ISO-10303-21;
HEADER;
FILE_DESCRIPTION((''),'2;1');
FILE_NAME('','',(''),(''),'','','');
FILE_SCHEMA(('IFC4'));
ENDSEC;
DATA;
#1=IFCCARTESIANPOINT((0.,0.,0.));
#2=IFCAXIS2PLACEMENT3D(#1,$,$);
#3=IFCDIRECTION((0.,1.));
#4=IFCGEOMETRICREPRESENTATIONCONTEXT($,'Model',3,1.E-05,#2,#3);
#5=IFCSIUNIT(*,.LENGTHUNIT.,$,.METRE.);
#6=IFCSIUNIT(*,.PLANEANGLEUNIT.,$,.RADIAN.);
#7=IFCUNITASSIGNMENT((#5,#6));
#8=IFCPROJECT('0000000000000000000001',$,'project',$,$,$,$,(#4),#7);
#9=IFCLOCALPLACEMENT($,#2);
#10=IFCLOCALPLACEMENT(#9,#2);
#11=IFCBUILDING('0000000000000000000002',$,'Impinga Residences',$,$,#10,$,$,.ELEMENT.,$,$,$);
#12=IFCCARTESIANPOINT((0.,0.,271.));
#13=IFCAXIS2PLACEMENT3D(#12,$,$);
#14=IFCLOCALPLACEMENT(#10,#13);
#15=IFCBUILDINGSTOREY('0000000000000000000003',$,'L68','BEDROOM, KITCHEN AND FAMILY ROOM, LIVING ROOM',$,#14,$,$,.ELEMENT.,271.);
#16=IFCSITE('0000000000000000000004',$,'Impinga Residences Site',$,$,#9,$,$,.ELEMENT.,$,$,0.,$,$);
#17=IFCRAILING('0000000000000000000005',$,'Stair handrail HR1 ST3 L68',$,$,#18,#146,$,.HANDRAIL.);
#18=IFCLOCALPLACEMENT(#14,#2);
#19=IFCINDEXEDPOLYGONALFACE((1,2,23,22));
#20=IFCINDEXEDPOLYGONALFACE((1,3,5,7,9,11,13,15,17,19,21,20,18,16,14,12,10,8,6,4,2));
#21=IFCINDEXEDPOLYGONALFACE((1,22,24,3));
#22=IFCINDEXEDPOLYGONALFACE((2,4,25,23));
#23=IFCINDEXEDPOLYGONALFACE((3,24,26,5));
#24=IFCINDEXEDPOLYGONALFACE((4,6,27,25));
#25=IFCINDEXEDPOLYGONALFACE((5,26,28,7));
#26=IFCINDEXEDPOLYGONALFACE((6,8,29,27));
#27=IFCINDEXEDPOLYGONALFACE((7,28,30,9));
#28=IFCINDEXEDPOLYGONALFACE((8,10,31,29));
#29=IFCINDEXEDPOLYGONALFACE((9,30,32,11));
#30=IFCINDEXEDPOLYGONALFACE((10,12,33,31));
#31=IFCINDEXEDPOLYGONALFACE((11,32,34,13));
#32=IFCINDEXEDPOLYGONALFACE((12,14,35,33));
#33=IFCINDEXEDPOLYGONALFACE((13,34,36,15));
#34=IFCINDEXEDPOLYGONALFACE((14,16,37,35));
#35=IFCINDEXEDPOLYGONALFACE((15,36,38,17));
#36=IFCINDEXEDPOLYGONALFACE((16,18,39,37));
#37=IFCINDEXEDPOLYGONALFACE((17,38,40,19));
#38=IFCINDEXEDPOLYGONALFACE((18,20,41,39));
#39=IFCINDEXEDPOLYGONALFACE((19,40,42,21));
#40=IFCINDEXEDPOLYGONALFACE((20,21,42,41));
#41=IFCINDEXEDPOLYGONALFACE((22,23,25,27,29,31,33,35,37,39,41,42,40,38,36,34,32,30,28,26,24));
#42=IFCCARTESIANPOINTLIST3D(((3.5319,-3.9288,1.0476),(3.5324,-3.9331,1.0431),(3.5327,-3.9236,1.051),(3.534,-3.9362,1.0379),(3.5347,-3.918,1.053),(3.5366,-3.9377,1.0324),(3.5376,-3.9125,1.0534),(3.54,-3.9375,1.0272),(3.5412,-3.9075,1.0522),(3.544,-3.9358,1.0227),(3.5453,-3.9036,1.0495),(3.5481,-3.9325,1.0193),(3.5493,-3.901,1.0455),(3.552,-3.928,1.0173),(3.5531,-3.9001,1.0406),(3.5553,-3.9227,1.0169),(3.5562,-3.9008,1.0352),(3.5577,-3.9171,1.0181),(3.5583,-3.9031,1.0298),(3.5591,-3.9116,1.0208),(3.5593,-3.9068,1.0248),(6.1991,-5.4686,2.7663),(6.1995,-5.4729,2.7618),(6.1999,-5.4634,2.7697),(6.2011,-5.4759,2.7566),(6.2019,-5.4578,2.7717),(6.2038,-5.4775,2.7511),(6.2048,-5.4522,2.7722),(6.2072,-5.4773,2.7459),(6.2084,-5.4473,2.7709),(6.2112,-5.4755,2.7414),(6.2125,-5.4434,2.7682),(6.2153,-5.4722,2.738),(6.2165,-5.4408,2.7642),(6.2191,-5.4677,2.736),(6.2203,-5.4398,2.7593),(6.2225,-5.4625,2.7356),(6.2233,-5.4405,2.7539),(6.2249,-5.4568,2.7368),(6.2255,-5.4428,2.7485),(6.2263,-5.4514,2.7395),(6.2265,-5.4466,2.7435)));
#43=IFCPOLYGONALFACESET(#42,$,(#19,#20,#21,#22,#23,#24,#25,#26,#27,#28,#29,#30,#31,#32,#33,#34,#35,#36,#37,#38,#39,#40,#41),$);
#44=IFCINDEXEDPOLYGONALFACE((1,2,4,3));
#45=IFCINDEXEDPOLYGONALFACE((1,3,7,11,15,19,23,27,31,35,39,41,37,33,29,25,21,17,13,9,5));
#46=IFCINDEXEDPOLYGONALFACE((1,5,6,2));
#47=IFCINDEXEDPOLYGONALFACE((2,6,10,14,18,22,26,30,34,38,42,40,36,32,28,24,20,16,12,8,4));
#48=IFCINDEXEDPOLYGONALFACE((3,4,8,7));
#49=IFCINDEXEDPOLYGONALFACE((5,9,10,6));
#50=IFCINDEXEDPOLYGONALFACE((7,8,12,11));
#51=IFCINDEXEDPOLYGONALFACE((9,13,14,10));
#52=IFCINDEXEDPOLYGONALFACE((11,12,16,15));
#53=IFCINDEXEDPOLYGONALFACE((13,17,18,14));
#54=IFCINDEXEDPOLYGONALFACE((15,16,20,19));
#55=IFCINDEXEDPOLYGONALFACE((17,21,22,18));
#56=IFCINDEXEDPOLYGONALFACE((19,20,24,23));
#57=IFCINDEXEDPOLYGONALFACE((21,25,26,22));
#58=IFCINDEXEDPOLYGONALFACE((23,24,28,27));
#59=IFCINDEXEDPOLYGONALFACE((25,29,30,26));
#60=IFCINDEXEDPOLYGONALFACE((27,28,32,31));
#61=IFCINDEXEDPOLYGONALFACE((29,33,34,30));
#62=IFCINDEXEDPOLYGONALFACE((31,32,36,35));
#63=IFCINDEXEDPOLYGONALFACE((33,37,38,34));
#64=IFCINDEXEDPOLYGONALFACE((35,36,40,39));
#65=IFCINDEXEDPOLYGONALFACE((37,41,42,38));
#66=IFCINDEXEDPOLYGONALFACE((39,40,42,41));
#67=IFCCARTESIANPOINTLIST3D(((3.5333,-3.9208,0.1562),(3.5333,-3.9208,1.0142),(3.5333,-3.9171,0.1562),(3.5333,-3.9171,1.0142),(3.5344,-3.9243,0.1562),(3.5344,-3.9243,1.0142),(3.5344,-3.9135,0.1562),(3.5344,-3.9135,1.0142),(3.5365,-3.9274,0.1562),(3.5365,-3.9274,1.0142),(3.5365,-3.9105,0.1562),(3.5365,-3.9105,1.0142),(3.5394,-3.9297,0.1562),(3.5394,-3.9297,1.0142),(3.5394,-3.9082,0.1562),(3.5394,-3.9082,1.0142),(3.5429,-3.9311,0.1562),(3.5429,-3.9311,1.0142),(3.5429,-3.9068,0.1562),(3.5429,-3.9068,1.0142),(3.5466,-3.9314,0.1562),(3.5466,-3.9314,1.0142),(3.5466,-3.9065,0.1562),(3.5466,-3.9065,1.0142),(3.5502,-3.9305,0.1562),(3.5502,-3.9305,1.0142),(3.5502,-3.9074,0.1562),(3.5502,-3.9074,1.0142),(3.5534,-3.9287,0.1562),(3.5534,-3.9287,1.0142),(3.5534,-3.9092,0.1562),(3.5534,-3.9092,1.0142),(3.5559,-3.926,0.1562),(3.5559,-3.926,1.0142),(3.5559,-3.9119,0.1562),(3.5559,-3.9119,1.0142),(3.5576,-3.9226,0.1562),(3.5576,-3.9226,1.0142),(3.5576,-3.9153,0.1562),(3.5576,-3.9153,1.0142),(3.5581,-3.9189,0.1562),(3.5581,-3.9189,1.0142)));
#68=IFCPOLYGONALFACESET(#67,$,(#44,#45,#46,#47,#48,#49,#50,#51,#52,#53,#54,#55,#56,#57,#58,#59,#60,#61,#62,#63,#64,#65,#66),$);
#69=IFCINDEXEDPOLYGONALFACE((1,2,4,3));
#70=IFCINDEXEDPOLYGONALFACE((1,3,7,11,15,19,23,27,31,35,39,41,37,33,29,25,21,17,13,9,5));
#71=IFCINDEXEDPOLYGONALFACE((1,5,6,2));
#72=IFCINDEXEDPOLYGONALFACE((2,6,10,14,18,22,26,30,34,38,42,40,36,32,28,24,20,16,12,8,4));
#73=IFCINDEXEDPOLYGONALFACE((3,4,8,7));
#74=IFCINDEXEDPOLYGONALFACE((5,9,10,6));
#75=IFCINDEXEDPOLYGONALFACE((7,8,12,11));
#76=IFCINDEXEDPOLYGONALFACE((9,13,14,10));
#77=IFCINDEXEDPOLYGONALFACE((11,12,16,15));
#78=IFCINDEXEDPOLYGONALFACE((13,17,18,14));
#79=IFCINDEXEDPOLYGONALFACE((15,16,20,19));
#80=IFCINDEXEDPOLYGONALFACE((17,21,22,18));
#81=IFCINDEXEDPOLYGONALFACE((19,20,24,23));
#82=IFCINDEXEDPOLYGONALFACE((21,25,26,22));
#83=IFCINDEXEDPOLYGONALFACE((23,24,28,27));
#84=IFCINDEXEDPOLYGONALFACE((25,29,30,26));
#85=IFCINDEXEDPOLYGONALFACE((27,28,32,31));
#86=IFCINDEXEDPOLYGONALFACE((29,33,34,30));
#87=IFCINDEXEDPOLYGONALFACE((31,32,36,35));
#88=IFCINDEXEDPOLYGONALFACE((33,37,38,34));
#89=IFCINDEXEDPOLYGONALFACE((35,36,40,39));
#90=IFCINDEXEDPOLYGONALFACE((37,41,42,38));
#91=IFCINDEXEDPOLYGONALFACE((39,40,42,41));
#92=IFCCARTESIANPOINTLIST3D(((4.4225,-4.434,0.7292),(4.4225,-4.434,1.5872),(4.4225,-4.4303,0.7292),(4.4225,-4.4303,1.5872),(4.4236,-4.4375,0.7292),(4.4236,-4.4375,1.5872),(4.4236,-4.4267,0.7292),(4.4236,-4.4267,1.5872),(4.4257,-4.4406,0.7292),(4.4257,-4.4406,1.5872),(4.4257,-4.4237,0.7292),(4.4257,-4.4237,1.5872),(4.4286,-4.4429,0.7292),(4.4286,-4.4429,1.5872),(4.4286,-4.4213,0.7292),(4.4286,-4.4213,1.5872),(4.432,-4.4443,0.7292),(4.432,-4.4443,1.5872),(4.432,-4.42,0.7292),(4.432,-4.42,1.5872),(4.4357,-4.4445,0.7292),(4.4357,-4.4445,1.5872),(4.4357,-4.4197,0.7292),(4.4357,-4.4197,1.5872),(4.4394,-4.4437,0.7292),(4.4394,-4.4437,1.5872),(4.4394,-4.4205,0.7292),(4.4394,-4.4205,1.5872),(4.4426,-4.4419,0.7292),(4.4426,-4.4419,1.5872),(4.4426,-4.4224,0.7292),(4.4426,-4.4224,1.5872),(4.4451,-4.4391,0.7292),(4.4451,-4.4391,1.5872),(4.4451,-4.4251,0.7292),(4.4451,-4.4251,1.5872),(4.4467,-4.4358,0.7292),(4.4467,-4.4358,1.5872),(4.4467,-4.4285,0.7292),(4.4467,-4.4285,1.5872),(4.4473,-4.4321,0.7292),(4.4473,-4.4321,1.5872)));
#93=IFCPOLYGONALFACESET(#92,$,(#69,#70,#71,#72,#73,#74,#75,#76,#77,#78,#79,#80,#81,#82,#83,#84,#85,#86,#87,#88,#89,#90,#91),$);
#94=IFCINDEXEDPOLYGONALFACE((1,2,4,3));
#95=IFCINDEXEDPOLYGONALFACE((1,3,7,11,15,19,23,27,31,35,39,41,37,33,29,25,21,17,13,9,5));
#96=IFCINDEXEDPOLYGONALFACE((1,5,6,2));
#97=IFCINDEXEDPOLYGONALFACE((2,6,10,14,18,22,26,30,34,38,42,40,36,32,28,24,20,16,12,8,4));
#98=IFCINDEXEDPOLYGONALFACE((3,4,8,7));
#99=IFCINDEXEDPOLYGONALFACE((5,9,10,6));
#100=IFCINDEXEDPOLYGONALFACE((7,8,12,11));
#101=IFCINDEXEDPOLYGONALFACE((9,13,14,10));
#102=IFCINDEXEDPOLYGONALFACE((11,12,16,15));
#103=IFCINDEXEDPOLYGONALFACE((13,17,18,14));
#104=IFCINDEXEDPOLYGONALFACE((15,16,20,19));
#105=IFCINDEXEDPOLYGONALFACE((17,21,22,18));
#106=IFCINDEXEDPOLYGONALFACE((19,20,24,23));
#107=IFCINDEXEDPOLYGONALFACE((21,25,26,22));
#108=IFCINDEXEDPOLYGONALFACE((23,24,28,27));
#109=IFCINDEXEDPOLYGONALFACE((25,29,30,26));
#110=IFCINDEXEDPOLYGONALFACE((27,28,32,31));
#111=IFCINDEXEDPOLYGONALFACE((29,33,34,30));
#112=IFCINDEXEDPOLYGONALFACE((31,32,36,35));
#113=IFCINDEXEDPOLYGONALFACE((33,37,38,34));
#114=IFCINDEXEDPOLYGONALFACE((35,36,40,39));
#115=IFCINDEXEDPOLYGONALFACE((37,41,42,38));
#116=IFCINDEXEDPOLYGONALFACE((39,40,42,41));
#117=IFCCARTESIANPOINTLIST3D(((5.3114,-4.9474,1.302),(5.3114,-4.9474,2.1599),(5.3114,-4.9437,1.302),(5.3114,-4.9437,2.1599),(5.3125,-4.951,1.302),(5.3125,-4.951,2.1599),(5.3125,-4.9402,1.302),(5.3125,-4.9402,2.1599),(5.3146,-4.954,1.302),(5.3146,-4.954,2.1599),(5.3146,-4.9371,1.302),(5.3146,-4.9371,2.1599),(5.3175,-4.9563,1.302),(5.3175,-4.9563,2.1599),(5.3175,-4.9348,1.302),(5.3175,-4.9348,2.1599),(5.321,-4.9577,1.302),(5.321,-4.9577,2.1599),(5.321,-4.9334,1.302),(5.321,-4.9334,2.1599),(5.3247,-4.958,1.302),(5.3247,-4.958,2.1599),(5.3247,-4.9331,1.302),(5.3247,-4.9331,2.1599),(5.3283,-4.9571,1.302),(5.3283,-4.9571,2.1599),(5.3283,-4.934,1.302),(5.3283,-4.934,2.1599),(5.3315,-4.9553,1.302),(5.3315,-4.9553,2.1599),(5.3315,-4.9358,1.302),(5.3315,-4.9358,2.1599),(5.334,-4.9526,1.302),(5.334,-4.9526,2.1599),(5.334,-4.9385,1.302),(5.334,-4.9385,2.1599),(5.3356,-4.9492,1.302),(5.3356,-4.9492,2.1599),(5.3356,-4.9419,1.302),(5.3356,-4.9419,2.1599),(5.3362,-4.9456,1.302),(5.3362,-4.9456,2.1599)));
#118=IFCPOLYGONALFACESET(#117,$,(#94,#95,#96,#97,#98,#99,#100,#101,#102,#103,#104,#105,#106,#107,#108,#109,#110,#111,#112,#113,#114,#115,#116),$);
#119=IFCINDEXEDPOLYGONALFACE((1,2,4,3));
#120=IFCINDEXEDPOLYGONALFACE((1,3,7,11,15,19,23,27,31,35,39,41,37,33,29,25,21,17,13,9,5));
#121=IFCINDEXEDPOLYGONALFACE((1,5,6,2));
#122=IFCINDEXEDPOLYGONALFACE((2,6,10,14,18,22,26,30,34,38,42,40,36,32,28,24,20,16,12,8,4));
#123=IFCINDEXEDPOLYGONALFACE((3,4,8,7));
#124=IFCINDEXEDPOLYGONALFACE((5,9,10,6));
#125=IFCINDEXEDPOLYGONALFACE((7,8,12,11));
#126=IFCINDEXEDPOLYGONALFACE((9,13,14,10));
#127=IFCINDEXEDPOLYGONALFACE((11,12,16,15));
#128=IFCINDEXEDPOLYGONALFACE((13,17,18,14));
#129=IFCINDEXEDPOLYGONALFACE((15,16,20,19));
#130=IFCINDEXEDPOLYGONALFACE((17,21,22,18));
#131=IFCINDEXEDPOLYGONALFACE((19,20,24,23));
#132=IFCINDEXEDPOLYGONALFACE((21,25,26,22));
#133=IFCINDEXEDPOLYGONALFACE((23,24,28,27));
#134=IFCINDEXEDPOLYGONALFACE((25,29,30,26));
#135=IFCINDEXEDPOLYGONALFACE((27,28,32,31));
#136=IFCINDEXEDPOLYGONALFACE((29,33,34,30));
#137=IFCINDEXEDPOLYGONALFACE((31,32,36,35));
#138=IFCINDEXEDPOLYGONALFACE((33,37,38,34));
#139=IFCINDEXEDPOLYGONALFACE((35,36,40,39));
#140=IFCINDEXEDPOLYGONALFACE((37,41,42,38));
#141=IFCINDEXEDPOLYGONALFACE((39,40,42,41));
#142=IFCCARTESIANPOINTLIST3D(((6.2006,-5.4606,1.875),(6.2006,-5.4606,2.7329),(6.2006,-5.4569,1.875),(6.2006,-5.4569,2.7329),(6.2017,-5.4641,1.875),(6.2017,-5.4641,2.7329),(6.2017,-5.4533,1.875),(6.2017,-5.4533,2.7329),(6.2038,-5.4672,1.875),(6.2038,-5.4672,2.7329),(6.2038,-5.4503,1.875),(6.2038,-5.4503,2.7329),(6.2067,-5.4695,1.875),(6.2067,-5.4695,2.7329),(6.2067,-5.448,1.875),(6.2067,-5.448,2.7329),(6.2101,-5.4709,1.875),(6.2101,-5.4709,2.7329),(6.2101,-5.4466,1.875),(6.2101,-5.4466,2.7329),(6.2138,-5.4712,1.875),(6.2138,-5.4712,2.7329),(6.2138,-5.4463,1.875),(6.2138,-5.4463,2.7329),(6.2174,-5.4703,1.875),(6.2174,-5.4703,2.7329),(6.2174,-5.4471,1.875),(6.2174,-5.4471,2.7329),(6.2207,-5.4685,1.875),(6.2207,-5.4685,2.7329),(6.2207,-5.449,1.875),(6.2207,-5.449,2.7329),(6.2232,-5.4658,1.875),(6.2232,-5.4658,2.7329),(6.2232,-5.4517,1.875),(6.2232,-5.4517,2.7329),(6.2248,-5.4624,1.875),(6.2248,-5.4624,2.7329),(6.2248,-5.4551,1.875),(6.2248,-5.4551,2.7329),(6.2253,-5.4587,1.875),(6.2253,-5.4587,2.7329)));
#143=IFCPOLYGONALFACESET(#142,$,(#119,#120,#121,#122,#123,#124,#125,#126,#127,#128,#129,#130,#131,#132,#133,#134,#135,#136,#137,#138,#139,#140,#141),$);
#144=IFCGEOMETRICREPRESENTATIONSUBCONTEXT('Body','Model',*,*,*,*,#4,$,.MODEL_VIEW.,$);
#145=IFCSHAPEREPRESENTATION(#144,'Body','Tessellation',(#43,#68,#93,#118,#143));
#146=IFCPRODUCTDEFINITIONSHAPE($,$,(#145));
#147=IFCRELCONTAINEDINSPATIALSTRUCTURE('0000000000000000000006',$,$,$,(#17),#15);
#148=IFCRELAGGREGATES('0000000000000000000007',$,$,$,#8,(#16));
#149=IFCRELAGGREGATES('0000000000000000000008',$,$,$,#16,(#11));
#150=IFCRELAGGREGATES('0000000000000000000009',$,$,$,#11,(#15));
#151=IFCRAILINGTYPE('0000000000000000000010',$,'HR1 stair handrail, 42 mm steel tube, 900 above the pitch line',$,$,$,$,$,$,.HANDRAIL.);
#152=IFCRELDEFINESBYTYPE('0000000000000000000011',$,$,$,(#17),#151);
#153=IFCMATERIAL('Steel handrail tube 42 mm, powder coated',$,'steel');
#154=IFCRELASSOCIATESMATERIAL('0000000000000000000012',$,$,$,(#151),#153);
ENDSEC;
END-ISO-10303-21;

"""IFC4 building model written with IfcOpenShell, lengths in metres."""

from ifc_helpers import new_model, si_unit, direction, frame, origin, origin_2d, place, context, subcontext, project, spatial, circle, extrude, material, type_object, element, save


model = new_model("IFC4")

# Units and contexts
model_context = context("Model", 3, precision=1e-05, world=origin(), true_north=direction((0.0, 1.0)))
body_context = subcontext(model_context, "Body", "Model", "MODEL_VIEW")
ifc_project = project(units=[si_unit("LENGTHUNIT", "METRE"), si_unit("PLANEANGLEUNIT", "RADIAN")], contexts=[model_context])

# Site, building, storey
site_placement = place(None, origin())
site = spatial("IfcSite", under=ifc_project, at=site_placement, Name="Impinga Residences Site", CompositionType="ELEMENT", RefElevation=0.0)
building_placement = place(site_placement, origin())
building = spatial("IfcBuilding", under=site, at=building_placement, Name="Impinga Residences", CompositionType="ELEMENT")
storey_placement = place(building_placement, frame((0.0, 0.0, 271.0)))
storey = spatial("IfcBuildingStorey", under=building, at=storey_placement, Name="L68", Description="BEDROOM, KITCHEN AND FAMILY ROOM, LIVING ROOM", CompositionType="ELEMENT", Elevation=271.0)

# Railing
ifc_material_1 = material(Name="Steel handrail tube 42 mm, powder coated", Category="steel")
railing_type_1 = type_object("IfcRailingType", Name="HR1 stair handrail, 42 mm steel tube, 900 above the pitch line", PredefinedType="HANDRAIL", material=ifc_material_1)
railing_1_placement = place(storey_placement, frame((3.5457, -3.9189, 0.1562)))
element("IfcRailing", 1, at=railing_1_placement, inside=storey, type_object=railing_type_1, Name="Stair handrail HR1 ST3 L68", PredefinedType="HANDRAIL", context=body_context, shape_type="SweptSolid", body=[
    extrude(circle(Radius=0.021, at=origin_2d()), frame((0.0, 0.0, 0.8789), z_axis=(0.756249, -0.436582, 0.487322), x_axis=(0.499967, 0.866044, 0.0)), (0.0, 0.0, 1.0), 3.5269),
    extrude(circle(Radius=0.0125, at=origin_2d()), origin(), (0.0, 0.0, 1.0), 0.8579),
    extrude(circle(Radius=0.0125, at=origin_2d()), frame((0.8892, -0.5132, 0.573)), (0.0, 0.0, 1.0), 0.8579),
    extrude(circle(Radius=0.0125, at=origin_2d()), frame((1.7781, -1.0266, 1.1458)), (0.0, 0.0, 1.0), 0.8579),
    extrude(circle(Radius=0.0125, at=origin_2d()), frame((2.6672, -1.5398, 1.7188)), (0.0, 0.0, 1.0), 0.8579),
])

save(model, "model.ifc")
